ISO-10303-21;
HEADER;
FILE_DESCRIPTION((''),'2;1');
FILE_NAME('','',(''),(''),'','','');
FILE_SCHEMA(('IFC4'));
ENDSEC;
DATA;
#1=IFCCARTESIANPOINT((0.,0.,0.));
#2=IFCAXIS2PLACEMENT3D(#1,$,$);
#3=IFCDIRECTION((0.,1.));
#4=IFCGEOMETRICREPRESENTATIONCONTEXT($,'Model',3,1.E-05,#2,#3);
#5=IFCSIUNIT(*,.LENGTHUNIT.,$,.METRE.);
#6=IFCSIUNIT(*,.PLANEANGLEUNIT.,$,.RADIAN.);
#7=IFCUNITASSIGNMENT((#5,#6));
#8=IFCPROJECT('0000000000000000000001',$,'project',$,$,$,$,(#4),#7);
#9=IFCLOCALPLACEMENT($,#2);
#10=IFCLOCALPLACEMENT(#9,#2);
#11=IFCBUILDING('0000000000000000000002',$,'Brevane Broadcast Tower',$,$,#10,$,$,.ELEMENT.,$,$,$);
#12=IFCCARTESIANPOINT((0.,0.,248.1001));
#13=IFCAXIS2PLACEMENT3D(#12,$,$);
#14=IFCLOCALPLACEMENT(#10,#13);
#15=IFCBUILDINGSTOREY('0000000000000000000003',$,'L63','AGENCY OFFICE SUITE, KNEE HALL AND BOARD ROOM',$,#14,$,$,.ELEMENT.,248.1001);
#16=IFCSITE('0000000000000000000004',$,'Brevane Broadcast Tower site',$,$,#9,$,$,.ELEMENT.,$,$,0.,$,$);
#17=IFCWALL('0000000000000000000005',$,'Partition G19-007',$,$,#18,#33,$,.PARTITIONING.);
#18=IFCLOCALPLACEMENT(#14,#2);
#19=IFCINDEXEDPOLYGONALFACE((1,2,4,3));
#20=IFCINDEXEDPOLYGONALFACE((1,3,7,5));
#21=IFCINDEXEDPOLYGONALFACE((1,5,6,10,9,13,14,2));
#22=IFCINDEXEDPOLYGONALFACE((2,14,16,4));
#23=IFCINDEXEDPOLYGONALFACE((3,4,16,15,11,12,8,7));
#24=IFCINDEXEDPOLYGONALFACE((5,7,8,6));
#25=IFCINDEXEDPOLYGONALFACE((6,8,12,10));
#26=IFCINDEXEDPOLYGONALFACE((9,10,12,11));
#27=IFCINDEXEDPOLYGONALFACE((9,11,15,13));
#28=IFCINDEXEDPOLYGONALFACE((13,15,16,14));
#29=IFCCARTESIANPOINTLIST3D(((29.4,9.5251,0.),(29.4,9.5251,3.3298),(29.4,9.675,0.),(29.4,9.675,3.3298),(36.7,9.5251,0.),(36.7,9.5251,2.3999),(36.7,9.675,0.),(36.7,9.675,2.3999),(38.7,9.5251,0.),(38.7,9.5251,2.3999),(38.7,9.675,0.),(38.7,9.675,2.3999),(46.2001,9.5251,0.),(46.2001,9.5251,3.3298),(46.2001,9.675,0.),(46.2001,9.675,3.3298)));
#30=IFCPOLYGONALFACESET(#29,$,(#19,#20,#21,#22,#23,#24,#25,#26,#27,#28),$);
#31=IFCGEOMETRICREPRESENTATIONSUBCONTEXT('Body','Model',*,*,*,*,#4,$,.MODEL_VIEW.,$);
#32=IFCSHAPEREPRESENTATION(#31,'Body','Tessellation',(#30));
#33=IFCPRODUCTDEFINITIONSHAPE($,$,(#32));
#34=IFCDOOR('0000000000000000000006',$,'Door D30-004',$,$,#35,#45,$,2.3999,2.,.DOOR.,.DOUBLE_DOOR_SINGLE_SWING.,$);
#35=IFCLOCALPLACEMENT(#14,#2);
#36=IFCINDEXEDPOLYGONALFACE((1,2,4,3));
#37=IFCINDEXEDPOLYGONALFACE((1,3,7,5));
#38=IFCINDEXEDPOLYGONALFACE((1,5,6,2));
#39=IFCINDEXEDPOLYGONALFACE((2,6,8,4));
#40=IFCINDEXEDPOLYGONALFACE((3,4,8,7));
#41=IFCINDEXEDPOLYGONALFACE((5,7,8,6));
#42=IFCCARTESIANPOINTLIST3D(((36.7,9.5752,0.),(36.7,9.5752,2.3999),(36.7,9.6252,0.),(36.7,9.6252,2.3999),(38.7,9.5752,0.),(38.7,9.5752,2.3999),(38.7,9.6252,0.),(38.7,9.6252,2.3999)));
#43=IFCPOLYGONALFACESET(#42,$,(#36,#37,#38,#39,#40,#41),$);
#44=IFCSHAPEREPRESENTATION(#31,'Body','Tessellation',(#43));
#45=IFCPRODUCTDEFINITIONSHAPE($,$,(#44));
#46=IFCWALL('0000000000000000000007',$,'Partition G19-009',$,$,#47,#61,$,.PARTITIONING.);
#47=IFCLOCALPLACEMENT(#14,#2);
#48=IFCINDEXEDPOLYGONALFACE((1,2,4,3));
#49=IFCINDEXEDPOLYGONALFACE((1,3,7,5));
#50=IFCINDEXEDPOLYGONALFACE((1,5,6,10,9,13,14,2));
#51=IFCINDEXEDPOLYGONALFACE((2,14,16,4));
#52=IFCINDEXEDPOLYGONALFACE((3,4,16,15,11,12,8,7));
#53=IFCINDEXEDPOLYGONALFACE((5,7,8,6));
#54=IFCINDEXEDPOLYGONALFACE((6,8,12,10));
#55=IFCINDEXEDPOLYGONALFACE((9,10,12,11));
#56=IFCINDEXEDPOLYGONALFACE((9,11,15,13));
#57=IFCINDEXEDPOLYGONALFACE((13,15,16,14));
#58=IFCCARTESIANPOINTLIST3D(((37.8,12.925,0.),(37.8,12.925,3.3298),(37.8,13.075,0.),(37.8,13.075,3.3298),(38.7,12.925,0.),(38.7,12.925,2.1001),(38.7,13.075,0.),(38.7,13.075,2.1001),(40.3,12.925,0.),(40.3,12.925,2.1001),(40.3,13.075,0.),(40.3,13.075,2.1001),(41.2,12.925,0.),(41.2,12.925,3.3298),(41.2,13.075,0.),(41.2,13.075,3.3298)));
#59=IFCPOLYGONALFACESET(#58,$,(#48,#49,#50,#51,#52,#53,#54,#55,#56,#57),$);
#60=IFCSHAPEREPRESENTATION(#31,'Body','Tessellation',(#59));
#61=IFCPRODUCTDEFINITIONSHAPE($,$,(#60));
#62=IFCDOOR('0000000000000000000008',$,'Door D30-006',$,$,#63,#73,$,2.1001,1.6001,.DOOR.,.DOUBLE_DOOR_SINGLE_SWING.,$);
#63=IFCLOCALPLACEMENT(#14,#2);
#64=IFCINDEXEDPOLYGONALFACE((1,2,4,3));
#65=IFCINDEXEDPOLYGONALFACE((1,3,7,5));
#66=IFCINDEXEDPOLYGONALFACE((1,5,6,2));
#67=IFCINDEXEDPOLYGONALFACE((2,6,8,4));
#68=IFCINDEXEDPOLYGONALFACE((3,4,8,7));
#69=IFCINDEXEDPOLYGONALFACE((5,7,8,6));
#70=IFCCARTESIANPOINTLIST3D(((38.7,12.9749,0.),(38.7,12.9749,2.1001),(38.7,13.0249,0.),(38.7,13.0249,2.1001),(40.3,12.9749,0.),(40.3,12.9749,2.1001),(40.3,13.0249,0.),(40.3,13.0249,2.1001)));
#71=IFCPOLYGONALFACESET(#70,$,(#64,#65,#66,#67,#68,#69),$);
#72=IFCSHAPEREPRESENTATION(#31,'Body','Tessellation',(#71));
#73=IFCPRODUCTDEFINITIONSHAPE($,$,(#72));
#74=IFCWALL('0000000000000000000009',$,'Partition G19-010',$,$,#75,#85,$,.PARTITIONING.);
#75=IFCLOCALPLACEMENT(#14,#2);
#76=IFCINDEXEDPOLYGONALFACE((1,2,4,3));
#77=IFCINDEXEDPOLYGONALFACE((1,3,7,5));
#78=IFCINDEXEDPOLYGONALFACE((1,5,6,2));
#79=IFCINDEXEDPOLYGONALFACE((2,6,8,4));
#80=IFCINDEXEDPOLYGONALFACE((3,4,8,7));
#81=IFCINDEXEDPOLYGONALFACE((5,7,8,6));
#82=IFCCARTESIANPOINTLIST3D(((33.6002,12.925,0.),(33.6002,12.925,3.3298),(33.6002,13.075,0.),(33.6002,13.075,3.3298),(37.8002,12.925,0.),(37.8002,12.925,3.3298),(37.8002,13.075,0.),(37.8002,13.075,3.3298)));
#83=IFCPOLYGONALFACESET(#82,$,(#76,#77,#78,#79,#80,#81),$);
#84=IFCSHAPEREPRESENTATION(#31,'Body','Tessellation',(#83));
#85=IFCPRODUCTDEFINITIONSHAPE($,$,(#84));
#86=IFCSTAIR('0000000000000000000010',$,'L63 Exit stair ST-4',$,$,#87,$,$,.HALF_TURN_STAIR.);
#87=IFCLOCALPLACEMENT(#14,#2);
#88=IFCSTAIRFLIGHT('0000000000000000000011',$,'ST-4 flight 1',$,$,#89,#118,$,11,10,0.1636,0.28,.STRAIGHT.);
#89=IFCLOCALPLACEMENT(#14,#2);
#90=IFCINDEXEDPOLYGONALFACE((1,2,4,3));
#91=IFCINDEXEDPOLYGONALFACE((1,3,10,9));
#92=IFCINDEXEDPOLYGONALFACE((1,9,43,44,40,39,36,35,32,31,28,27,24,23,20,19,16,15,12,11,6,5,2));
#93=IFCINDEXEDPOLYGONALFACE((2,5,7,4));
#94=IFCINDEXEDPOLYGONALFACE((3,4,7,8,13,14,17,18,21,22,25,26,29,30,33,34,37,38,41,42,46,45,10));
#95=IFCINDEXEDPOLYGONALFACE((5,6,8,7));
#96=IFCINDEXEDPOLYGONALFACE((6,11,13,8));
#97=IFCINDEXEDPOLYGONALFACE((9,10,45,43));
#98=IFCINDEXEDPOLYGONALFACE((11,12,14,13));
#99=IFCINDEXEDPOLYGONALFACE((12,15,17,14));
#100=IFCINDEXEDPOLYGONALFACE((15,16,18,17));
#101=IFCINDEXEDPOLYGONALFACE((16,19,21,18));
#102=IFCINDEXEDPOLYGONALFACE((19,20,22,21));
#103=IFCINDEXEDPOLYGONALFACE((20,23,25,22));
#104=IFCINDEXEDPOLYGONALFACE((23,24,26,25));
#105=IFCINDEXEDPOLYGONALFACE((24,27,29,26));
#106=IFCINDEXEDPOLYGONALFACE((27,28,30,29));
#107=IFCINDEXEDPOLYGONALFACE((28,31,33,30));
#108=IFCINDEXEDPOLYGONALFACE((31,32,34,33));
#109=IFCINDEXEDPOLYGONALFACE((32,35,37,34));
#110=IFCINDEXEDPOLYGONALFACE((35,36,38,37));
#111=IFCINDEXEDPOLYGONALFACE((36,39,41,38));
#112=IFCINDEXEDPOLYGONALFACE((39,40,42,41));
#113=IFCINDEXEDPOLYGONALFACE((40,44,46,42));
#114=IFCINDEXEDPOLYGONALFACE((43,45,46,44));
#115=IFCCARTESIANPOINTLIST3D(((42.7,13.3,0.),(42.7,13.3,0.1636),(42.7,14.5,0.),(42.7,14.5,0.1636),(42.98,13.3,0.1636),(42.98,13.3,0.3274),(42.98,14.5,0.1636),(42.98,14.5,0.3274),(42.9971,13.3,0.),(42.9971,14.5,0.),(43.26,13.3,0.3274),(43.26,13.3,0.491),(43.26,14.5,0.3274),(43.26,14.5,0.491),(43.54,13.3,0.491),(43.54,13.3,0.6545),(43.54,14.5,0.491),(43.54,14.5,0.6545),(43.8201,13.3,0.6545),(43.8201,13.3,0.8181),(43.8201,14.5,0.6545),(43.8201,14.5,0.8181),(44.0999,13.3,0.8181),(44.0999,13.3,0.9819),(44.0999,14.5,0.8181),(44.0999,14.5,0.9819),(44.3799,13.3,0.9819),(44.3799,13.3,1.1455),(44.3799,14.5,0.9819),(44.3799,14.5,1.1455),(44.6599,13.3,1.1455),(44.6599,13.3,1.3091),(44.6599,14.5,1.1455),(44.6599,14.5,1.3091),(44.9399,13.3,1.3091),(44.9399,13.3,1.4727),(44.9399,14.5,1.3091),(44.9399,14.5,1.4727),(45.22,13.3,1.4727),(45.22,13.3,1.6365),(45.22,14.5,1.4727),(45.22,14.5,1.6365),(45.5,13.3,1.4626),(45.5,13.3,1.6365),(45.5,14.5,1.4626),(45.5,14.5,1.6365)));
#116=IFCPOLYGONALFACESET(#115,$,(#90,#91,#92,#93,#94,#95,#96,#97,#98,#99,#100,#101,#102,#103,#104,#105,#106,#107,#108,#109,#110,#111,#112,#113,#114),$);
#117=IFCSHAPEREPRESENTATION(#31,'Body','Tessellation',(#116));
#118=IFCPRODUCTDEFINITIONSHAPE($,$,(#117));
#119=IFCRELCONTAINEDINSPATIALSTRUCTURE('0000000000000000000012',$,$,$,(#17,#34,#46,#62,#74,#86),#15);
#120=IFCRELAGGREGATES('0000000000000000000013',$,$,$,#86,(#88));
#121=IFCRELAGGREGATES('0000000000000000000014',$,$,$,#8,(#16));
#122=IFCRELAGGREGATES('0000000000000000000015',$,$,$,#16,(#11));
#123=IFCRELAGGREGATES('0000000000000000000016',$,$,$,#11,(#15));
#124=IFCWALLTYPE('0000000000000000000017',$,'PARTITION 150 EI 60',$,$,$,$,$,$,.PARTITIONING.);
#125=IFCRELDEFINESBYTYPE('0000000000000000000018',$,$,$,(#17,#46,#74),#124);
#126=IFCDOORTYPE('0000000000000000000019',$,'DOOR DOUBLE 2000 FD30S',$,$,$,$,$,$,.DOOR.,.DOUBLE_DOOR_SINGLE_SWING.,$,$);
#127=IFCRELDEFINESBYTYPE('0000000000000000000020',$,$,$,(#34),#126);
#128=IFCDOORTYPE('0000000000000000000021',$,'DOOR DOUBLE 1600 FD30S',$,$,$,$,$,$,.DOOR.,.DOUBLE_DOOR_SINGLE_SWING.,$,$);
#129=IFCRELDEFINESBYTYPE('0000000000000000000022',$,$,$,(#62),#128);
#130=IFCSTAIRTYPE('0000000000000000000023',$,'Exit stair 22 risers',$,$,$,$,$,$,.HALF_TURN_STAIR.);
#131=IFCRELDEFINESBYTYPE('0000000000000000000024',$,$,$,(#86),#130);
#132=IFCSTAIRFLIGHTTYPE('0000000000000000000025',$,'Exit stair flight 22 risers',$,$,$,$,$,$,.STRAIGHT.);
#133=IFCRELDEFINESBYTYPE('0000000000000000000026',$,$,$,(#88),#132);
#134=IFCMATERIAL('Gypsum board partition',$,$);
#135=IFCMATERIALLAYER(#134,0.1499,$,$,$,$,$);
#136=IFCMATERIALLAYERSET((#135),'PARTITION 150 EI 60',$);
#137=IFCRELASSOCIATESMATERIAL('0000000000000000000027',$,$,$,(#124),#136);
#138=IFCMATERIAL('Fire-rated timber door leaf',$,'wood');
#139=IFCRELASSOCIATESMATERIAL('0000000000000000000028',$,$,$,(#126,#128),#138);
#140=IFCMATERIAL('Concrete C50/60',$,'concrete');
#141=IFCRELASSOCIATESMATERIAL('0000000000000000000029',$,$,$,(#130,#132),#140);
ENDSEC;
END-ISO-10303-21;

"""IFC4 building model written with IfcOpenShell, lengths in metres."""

from ifc_helpers import new_model, si_unit, direction, frame, frame_2d, origin, place, context, subcontext, project, spatial, polyline, rectangle, outline, extrude, material, layer, layer_set, type_object, element, fill, aggregate, save


model = new_model("IFC4")

# Units and contexts
model_context = context("Model", 3, precision=1e-05, world=origin(), true_north=direction((0.0, 1.0)))
body_context = subcontext(model_context, "Body", "Model", "MODEL_VIEW")
ifc_project = project(units=[si_unit("LENGTHUNIT", "METRE"), si_unit("PLANEANGLEUNIT", "RADIAN")], contexts=[model_context])

# Site, building, storey
site_placement = place(None, origin())
site = spatial("IfcSite", under=ifc_project, at=site_placement, Name="Brevane Broadcast Tower site", CompositionType="ELEMENT", RefElevation=0.0)
building_placement = place(site_placement, origin())
building = spatial("IfcBuilding", under=site, at=building_placement, Name="Brevane Broadcast Tower", CompositionType="ELEMENT")
storey_placement = place(building_placement, frame((0.0, 0.0, 248.1001)))
storey = spatial("IfcBuildingStorey", under=building, at=storey_placement, Name="L63", Description="AGENCY OFFICE SUITE, KNEE HALL AND BOARD ROOM", CompositionType="ELEMENT", Elevation=248.1001)

# Shared definitions
ifc_material_1 = material(Name="Concrete C50/60", Category="concrete")

# Walls, openings, doors
ifc_material_2 = material(Name="Gypsum board partition")
ifc_layer_1 = layer(ifc_material_2, 0.1499)
ifc_layer_set_1 = layer_set([ifc_layer_1], Name="PARTITION 150 EI 60")
wall_type_1 = type_object("IfcWallType", Name="PARTITION 150 EI 60", PredefinedType="PARTITIONING", material=ifc_layer_set_1)
ifc_material_3 = material(Name="Fire-rated timber door leaf", Category="wood")
door_type_1 = type_object("IfcDoorType", Name="DOOR DOUBLE 2000 FD30S", OperationType="DOUBLE_DOOR_SINGLE_SWING", PredefinedType="DOOR", material=ifc_material_3)
wall_1_placement = place(storey_placement, frame((46.2, 9.6001, 0.0), z_axis=(0.0, 0.0, 1.0), x_axis=(-1.0, 0.0, 0.0)))
wall_1 = element("IfcWall", 1, at=wall_1_placement, inside=storey, type_object=wall_type_1, Name="Partition G19-007", PredefinedType="PARTITIONING", context=body_context, shape_type="SweptSolid", body=[
    extrude(rectangle(XDim=16.8, YDim=0.1499, at=frame_2d((8.3999, 0.0))), origin(), (0.0, 0.0, 1.0), 3.3298),
])
opening_1_placement = place(wall_1_placement, frame((7.5, 0.0, 0.0)))
opening_1 = element("IfcOpeningElement", 2, at=opening_1_placement, cuts=wall_1, PredefinedType="OPENING", context=body_context, shape_type="SweptSolid", body=[
    extrude(rectangle(XDim=2.0, YDim=2.3999, at=frame_2d((1.0, 1.2))), frame((0.0, 0.085, 0.0), z_axis=(0.0, -1.0, 0.0), x_axis=(1.0, 0.0, 0.0)), (0.0, 0.0, 1.0), 0.1699),
])
door_1_placement = place(opening_1_placement, origin())
door_1 = element("IfcDoor", 3, at=door_1_placement, inside=storey, type_object=door_type_1, Name="Door D30-004", OperationType="DOUBLE_DOOR_SINGLE_SWING", OverallHeight=2.3999, OverallWidth=2.0, PredefinedType="DOOR", context=body_context, shape_type="SweptSolid", body=[
    extrude(rectangle(XDim=2.0, YDim=2.3999, at=frame_2d((1.0, 1.2))), frame((0.0, 0.0249, 0.0), z_axis=(0.0, -1.0, 0.0), x_axis=(1.0, 0.0, 0.0)), (0.0, 0.0, 1.0), 0.05),
])
fill(opening_1, door_1)
wall_2_placement = place(storey_placement, frame((37.8, 13.0, 0.0), z_axis=(0.0, 0.0, 1.0), x_axis=(1.0, 0.0, 0.0)))
wall_2 = element("IfcWall", 4, at=wall_2_placement, inside=storey, type_object=wall_type_1, Name="Partition G19-009", PredefinedType="PARTITIONING", context=body_context, shape_type="SweptSolid", body=[
    extrude(rectangle(XDim=3.3999, YDim=0.1499, at=frame_2d((1.7, 0.0))), origin(), (0.0, 0.0, 1.0), 3.3298),
])
opening_2_placement = place(wall_2_placement, frame((0.8999, 0.0, 0.0)))
opening_2 = element("IfcOpeningElement", 5, at=opening_2_placement, cuts=wall_2, PredefinedType="OPENING", context=body_context, shape_type="SweptSolid", body=[
    extrude(rectangle(XDim=1.6001, YDim=2.1001, at=frame_2d((0.8, 1.05))), frame((0.0, 0.085, 0.0), z_axis=(0.0, -1.0, 0.0), x_axis=(1.0, 0.0, 0.0)), (0.0, 0.0, 1.0), 0.1699),
])
door_type_2 = type_object("IfcDoorType", Name="DOOR DOUBLE 1600 FD30S", OperationType="DOUBLE_DOOR_SINGLE_SWING", PredefinedType="DOOR", material=ifc_material_3)
door_2_placement = place(opening_2_placement, origin())
door_2 = element("IfcDoor", 6, at=door_2_placement, inside=storey, type_object=door_type_2, Name="Door D30-006", OperationType="DOUBLE_DOOR_SINGLE_SWING", OverallHeight=2.1001, OverallWidth=1.6001, PredefinedType="DOOR", context=body_context, shape_type="SweptSolid", body=[
    extrude(rectangle(XDim=1.6001, YDim=2.1001, at=frame_2d((0.8, 1.05))), frame((0.0, 0.0249, 0.0), z_axis=(0.0, -1.0, 0.0), x_axis=(1.0, 0.0, 0.0)), (0.0, 0.0, 1.0), 0.05),
])
fill(opening_2, door_2)

# Wall
wall_3_placement = place(storey_placement, frame((33.6001, 13.0, 0.0), z_axis=(0.0, 0.0, 1.0), x_axis=(1.0, 0.0, 0.0)))
element("IfcWall", 7, at=wall_3_placement, inside=storey, type_object=wall_type_1, Name="Partition G19-010", PredefinedType="PARTITIONING", context=body_context, shape_type="SweptSolid", body=[
    extrude(rectangle(XDim=4.2, YDim=0.1499, at=frame_2d((2.1001, 0.0))), origin(), (0.0, 0.0, 1.0), 3.3298),
])

# Stair, stair flight
stair_type = type_object("IfcStairType", Name="Exit stair 22 risers", PredefinedType="HALF_TURN_STAIR", material=ifc_material_1)
stair_placement = place(storey_placement, origin())
stair = element("IfcStair", 8, at=stair_placement, inside=storey, type_object=stair_type, Name="L63 Exit stair ST-4", PredefinedType="HALF_TURN_STAIR")
stair_flight_type = type_object("IfcStairFlightType", Name="Exit stair flight 22 risers", PredefinedType="STRAIGHT", material=ifc_material_1)
stair_flight_placement = place(storey_placement, frame((42.7, 13.8999, 0.0), z_axis=(0.0, 0.0, 1.0), x_axis=(1.0, 0.0, 0.0)))
stair_flight = element("IfcStairFlight", 9, at=stair_flight_placement, type_object=stair_flight_type, Name="ST-4 flight 1", NumberOfRisers=11, NumberOfTreads=10, PredefinedType="STRAIGHT", RiserHeight=0.1636, TreadLength=0.28, context=body_context, shape_type="SweptSolid", body=[
    extrude(outline(polyline([(0.0, 0.0), (0.0, 0.1636), (0.28, 0.1636), (0.28, 0.3274), (0.5601, 0.3274), (0.5601, 0.491), (0.8401, 0.491), (0.8401, 0.6545), (1.1201, 0.6545), (1.1201, 0.8181), (1.3999, 0.8181), (1.3999, 0.9819), (1.6799, 0.9819), (1.6799, 1.1455), (1.96, 1.1455), (1.96, 1.3091), (2.24, 1.3091), (2.24, 1.4727), (2.52, 1.4727), (2.52, 1.6365), (2.8, 1.6365), (2.8, 1.8), (2.8, 1.4626), (0.2971, 0.0), (0.0, 0.0)])), frame((0.0, 0.6001, 0.0), z_axis=(0.0, -1.0, 0.0), x_axis=(1.0, 0.0, 0.0)), (0.0, 0.0, 1.0), 1.2),
])
aggregate(stair, [stair_flight])

save(model, "model.ifc")
